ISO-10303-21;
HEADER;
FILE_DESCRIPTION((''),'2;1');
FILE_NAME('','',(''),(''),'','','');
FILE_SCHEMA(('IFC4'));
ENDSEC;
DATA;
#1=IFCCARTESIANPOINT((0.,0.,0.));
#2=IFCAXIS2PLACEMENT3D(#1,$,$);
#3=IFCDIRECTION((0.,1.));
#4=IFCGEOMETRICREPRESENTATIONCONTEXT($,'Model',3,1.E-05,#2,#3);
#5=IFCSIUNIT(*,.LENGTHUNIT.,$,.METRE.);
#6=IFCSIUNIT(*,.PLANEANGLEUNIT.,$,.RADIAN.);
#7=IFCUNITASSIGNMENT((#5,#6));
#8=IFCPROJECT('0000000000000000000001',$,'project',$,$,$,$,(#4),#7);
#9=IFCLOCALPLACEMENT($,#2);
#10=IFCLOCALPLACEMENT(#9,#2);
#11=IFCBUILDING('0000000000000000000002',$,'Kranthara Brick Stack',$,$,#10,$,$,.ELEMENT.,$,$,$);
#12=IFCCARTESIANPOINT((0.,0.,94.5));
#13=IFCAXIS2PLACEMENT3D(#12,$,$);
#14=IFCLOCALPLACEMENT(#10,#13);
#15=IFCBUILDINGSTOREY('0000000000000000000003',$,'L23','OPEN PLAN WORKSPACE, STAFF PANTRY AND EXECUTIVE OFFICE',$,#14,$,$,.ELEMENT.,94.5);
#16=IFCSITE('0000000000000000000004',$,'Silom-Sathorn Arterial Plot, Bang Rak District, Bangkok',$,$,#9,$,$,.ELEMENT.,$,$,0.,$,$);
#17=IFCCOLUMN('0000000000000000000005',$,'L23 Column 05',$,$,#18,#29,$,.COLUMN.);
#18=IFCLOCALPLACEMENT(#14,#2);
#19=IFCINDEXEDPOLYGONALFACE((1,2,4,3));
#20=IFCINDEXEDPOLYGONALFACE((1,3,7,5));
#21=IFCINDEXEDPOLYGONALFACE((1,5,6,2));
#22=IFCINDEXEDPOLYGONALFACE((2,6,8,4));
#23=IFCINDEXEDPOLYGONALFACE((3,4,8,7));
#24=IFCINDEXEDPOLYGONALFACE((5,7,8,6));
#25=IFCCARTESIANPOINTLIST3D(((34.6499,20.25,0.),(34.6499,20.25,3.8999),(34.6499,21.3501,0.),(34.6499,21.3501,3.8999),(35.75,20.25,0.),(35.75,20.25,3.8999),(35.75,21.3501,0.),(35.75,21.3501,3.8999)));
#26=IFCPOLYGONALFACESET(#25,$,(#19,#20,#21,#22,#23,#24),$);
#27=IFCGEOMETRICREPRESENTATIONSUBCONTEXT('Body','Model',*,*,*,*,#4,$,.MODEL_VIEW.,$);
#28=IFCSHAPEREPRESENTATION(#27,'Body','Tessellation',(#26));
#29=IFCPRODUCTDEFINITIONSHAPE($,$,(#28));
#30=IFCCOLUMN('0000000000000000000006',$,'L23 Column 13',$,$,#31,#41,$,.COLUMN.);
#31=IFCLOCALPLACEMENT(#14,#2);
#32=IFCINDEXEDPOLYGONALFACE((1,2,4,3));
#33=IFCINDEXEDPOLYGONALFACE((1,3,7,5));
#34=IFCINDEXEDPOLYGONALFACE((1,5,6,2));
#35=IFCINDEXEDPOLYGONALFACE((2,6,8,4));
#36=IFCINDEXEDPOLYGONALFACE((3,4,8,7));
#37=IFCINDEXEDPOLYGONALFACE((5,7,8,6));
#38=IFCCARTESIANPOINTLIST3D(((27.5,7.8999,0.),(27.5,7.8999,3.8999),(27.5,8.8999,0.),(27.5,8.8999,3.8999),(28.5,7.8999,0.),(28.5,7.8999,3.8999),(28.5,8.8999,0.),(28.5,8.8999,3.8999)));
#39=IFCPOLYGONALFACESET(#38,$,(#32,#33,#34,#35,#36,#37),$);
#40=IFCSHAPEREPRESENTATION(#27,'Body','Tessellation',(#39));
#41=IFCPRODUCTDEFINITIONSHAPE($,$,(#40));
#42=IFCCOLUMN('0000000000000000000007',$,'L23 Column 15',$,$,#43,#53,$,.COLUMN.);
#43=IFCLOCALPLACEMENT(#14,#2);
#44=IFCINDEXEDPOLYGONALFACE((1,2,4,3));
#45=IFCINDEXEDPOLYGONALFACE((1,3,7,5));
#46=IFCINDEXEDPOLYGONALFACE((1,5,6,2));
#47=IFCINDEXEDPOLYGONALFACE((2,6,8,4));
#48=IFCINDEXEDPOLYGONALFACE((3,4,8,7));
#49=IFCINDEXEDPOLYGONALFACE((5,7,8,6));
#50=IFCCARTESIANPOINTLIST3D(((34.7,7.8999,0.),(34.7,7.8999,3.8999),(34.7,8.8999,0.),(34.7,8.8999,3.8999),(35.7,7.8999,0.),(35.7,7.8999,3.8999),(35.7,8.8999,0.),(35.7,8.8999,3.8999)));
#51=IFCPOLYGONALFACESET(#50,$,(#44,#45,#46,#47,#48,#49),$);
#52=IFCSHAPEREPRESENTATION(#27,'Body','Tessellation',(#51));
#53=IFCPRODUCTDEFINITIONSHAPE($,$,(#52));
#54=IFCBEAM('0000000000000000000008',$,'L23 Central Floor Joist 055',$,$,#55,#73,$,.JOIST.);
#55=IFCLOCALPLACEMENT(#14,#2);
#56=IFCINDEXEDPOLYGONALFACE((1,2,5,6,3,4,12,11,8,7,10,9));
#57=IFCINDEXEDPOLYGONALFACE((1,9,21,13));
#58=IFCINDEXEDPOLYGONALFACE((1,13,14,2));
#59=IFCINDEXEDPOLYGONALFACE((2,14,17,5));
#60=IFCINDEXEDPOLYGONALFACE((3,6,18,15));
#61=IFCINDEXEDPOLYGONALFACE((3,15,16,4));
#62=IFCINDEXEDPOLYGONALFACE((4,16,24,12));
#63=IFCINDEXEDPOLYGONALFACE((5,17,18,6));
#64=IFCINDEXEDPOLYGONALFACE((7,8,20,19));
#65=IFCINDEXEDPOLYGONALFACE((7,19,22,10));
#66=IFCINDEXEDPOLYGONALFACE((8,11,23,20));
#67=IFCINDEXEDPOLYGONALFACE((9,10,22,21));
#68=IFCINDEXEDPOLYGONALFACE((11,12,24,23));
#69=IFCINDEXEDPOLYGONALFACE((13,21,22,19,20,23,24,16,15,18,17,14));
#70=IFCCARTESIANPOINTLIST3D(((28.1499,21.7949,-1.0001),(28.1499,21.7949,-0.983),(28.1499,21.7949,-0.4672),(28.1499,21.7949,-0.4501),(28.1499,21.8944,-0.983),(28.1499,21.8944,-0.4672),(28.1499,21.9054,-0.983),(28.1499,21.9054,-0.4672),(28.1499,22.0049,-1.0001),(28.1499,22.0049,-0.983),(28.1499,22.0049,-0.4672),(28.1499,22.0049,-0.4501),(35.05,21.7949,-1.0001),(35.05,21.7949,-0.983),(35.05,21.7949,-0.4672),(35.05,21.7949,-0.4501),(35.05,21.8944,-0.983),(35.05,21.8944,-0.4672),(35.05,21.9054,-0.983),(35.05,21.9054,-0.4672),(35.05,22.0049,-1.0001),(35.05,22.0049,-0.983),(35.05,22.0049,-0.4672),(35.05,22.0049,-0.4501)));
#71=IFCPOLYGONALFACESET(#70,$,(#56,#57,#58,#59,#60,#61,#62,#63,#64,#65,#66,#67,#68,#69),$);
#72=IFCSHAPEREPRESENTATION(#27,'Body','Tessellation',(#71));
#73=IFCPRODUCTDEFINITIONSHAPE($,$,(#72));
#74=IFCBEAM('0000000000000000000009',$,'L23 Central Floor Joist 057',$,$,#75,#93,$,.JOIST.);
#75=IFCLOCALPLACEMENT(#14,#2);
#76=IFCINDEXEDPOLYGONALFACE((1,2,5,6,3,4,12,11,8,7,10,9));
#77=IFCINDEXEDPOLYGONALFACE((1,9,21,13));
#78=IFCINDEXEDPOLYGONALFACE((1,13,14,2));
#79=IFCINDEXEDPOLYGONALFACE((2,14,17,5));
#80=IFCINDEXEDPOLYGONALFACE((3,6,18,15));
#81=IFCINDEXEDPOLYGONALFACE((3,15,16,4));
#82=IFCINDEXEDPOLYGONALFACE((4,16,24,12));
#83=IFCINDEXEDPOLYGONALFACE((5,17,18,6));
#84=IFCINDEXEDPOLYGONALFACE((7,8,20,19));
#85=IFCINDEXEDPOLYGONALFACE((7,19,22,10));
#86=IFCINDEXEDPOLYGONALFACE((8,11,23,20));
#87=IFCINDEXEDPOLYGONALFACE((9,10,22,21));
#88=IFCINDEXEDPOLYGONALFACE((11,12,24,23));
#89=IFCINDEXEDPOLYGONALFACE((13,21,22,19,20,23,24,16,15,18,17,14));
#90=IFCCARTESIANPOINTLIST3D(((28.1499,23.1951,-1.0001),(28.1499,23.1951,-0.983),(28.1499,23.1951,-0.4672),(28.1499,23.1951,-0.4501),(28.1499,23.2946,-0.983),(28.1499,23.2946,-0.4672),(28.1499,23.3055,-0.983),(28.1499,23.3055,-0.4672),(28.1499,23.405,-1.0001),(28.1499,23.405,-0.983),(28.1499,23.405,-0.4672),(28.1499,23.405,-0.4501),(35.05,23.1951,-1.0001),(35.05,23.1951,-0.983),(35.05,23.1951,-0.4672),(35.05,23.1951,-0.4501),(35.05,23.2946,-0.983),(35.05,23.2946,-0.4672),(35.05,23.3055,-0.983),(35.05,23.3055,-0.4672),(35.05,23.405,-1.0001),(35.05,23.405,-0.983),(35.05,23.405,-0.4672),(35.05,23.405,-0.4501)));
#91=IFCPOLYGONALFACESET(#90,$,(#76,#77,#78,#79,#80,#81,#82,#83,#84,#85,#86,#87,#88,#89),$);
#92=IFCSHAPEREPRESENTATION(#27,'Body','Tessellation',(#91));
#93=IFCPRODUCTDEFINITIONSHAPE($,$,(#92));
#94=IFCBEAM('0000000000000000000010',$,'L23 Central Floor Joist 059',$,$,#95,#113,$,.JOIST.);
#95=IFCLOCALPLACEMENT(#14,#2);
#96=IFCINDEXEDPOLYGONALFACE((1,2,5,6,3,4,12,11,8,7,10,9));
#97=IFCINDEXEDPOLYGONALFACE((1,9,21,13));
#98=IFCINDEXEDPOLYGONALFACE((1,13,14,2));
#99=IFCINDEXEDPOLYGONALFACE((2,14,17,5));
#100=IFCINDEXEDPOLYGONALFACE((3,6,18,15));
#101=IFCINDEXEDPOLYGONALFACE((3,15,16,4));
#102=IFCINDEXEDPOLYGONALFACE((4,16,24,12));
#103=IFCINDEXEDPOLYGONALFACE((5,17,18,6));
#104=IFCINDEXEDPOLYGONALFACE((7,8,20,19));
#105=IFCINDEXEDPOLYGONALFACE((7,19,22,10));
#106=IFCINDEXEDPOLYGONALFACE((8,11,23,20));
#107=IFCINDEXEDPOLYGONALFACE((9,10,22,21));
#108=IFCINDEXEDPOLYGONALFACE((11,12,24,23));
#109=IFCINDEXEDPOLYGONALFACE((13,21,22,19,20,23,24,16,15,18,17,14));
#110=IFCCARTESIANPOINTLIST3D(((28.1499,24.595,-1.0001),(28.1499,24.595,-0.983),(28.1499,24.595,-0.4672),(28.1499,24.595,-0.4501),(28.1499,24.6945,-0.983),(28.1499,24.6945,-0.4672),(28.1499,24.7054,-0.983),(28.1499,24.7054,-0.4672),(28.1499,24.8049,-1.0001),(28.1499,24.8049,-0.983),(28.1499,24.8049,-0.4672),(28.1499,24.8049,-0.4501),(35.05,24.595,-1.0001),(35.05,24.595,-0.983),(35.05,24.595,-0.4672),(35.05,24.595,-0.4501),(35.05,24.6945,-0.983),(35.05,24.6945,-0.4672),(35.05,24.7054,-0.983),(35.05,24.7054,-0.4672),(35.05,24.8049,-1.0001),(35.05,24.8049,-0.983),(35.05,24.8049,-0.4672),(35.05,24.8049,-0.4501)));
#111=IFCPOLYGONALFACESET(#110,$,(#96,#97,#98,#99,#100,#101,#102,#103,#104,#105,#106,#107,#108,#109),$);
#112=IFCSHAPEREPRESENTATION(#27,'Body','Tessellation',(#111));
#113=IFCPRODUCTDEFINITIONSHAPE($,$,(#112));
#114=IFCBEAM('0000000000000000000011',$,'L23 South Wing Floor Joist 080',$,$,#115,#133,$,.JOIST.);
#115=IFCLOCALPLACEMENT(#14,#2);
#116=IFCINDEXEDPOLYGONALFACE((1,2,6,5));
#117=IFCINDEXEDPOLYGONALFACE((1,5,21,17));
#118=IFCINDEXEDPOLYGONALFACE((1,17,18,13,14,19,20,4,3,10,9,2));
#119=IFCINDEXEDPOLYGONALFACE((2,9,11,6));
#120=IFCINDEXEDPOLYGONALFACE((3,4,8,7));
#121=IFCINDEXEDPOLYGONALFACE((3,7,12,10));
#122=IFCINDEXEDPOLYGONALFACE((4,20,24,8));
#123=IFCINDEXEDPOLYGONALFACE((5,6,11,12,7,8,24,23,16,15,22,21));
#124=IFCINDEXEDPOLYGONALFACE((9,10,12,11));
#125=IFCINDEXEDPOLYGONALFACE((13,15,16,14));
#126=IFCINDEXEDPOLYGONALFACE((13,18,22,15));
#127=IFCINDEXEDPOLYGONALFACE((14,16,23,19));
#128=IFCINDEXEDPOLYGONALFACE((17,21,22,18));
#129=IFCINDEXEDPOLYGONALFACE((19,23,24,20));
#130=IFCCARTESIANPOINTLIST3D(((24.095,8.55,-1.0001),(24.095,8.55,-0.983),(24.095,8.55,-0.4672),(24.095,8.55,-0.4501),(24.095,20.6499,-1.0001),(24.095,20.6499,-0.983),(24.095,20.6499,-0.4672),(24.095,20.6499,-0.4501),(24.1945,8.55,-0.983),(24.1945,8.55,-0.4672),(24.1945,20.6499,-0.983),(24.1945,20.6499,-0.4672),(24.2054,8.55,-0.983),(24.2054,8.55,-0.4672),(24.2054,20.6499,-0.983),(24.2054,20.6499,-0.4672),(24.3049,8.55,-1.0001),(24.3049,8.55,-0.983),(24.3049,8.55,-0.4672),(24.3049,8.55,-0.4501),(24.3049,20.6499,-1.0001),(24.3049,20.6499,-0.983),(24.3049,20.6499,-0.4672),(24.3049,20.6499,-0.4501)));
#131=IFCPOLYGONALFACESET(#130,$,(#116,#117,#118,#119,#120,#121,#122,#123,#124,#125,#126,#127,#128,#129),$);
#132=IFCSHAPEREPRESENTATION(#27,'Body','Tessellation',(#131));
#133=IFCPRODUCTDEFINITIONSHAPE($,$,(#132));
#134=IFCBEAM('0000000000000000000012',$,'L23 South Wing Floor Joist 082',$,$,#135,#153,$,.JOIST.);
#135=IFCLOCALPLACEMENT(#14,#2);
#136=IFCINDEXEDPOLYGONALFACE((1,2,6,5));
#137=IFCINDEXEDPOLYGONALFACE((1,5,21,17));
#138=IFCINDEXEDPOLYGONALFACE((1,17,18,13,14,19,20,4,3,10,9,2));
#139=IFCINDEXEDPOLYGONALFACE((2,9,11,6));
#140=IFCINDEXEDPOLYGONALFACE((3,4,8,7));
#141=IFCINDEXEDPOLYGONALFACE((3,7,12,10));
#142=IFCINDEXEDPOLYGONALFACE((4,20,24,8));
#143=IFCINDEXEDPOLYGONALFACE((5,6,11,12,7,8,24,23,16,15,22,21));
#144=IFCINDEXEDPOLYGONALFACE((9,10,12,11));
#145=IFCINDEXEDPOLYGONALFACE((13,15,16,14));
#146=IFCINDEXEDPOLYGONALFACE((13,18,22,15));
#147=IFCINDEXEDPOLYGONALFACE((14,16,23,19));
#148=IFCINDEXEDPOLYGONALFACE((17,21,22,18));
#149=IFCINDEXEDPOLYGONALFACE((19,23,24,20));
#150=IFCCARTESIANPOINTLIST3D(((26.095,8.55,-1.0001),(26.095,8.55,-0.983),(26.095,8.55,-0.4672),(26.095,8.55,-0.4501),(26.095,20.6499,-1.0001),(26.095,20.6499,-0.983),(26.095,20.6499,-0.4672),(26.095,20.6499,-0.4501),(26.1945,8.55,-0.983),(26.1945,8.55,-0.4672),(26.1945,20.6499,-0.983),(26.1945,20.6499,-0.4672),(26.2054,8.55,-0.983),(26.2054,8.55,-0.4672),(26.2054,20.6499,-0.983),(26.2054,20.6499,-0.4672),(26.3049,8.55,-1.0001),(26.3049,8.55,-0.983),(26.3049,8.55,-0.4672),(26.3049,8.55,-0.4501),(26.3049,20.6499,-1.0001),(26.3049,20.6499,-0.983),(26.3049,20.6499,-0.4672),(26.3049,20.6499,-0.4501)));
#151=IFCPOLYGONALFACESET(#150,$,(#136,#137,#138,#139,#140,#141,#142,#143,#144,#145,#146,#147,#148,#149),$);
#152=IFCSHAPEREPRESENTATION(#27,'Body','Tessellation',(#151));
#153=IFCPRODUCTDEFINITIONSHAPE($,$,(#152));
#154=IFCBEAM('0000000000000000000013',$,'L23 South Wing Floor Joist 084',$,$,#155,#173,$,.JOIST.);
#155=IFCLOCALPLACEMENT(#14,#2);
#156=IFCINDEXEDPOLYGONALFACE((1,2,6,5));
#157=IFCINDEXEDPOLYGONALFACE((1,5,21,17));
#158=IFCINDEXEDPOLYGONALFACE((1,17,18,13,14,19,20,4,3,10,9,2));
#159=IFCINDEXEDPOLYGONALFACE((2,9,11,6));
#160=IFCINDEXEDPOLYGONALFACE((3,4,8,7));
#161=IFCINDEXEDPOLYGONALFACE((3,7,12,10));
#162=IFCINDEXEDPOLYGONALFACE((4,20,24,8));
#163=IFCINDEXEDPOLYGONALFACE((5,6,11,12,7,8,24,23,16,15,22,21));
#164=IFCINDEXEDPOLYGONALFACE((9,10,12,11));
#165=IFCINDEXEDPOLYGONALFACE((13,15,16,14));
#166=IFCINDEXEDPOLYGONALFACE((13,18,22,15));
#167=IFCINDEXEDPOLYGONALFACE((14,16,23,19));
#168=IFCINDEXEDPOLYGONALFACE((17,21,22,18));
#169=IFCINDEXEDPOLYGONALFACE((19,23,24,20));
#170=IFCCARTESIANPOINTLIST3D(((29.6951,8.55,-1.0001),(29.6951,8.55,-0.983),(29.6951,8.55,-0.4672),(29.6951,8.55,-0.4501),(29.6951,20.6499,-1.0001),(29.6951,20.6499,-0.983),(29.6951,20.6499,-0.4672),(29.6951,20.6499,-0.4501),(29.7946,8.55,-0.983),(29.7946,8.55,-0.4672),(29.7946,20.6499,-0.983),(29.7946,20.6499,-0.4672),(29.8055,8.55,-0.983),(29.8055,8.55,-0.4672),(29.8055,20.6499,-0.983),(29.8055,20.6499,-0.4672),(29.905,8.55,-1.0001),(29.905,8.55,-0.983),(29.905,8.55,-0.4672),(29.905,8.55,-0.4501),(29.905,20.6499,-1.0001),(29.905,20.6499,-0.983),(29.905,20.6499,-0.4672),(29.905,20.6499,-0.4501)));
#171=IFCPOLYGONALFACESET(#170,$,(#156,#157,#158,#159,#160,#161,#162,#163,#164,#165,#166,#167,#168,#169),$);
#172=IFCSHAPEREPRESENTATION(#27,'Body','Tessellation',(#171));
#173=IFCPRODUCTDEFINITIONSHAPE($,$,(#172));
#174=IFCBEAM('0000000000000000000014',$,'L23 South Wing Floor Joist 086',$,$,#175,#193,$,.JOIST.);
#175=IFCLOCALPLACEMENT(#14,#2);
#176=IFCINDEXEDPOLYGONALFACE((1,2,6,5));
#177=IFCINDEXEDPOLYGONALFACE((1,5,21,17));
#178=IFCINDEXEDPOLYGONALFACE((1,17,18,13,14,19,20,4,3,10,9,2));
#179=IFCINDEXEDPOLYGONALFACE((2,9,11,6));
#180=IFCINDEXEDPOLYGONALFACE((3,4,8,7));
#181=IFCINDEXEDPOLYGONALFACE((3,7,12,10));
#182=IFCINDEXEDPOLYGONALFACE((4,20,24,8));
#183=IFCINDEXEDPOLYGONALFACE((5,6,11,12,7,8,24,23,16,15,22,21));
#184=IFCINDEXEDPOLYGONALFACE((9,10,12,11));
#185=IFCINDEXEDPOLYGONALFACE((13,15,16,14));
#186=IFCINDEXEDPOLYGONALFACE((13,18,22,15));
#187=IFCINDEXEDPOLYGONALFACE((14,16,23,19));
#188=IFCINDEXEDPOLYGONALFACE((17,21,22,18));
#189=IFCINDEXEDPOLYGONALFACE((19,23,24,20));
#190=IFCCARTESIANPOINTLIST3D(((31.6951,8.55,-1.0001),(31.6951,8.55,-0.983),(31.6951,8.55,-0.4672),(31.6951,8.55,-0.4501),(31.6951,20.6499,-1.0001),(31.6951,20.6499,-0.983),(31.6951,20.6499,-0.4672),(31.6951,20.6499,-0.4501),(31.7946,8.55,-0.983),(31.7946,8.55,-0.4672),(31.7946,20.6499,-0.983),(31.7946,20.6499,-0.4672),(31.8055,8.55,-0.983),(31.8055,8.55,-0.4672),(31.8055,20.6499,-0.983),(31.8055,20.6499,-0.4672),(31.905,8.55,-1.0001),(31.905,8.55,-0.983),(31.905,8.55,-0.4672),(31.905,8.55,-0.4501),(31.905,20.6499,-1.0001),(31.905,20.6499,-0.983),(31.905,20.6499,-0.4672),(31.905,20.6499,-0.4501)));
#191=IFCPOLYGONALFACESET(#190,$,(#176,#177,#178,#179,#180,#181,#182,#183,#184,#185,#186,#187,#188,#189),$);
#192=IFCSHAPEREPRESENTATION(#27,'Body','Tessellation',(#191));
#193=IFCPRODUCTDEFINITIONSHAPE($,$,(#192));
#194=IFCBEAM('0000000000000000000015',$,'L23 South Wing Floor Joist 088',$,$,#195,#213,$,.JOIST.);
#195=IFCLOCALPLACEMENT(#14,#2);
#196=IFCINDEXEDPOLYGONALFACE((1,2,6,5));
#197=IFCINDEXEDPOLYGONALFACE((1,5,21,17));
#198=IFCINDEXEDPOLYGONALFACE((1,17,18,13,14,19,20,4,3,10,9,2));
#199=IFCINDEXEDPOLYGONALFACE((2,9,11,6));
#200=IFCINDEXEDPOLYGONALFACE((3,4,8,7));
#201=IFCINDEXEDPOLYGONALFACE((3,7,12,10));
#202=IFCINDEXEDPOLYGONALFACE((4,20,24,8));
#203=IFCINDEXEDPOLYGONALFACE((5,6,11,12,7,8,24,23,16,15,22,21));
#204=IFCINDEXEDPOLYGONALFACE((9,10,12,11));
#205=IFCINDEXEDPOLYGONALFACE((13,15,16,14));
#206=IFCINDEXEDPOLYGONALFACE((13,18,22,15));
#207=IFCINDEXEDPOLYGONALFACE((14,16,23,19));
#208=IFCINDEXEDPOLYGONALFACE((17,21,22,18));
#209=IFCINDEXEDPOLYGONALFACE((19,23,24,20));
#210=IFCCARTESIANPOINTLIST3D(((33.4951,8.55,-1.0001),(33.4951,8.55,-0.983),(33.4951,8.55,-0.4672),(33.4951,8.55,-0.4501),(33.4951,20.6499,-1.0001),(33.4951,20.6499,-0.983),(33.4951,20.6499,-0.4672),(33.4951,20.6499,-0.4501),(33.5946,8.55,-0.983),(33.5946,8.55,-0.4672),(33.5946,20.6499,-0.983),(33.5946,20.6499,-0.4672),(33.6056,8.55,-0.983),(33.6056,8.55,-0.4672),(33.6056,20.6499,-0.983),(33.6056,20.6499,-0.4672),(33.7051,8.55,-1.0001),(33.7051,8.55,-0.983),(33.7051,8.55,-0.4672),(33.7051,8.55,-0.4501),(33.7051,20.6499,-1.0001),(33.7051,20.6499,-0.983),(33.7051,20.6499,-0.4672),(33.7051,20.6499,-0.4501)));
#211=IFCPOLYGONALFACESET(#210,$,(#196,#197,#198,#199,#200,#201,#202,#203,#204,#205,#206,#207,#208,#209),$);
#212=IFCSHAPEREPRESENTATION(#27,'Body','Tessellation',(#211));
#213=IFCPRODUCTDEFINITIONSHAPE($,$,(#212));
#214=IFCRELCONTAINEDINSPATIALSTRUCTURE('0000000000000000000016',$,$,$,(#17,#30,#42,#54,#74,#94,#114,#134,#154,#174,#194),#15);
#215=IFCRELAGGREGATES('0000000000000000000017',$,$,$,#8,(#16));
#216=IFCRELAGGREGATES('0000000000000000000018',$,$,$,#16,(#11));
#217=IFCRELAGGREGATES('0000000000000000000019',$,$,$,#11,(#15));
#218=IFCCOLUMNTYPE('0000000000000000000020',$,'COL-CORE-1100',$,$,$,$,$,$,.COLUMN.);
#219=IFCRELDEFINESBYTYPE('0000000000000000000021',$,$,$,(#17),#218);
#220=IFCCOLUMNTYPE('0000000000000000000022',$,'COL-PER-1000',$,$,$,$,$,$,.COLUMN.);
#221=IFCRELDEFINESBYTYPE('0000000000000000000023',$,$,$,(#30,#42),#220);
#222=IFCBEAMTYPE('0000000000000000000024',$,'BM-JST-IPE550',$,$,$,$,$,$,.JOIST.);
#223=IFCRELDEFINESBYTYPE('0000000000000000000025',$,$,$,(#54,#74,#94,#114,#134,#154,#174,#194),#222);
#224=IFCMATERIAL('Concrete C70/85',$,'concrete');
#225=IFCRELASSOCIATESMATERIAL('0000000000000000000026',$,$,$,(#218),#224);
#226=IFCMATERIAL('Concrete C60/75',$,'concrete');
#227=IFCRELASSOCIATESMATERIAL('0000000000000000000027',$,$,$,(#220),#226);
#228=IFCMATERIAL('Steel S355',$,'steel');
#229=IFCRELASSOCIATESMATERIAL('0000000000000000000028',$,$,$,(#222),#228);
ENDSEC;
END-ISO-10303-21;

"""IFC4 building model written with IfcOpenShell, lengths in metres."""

from ifc_helpers import new_model, si_unit, direction, frame, origin, origin_2d, place, context, subcontext, project, spatial, rectangle, i_section, extrude, material, material_profile, profile_set, type_object, element, save


model = new_model("IFC4")

# Units and contexts
model_context = context("Model", 3, precision=1e-05, world=origin(), true_north=direction((0.0, 1.0)))
body_context = subcontext(model_context, "Body", "Model", "MODEL_VIEW")
ifc_project = project(units=[si_unit("LENGTHUNIT", "METRE"), si_unit("PLANEANGLEUNIT", "RADIAN")], contexts=[model_context])

# Site, building, storey
site_placement = place(None, origin())
site = spatial("IfcSite", under=ifc_project, at=site_placement, Name="Silom-Sathorn Arterial Plot, Bang Rak District, Bangkok", CompositionType="ELEMENT", RefElevation=0.0)
building_placement = place(site_placement, origin())
building = spatial("IfcBuilding", under=site, at=building_placement, Name="Kranthara Brick Stack", CompositionType="ELEMENT")
storey_placement = place(building_placement, frame((0.0, 0.0, 94.5)))
storey = spatial("IfcBuildingStorey", under=building, at=storey_placement, Name="L23", Description="OPEN PLAN WORKSPACE, STAFF PANTRY AND EXECUTIVE OFFICE", CompositionType="ELEMENT", Elevation=94.5)

# Columns
ifc_material_1 = material(Name="Concrete C70/85", Category="concrete")
ifc_material_profile_1 = material_profile(ifc_material_1, rectangle(XDim=1.1001, YDim=1.1001, at=origin_2d()), Name="RC 1100x1100")
ifc_profile_set_1 = profile_set([ifc_material_profile_1], Name="Concrete C70/85")
column_type_1 = type_object("IfcColumnType", Name="COL-CORE-1100", PredefinedType="COLUMN", material=ifc_profile_set_1)
column_placement = place(storey_placement, frame((35.2, 20.8, 0.0), z_axis=(0.0, 0.0, 1.0), x_axis=(1.0, 0.0, 0.0)))
element("IfcColumn", 1, at=column_placement, inside=storey, type_object=column_type_1, Name="L23 Column 05", PredefinedType="COLUMN", context=body_context, shape_type="SweptSolid", body=[
    extrude(rectangle(XDim=1.1001, YDim=1.1001, at=origin_2d()), origin(), (0.0, 0.0, 1.0), 3.8999),
])
ifc_material_2 = material(Name="Concrete C60/75", Category="concrete")
ifc_material_profile_2 = material_profile(ifc_material_2, rectangle(XDim=1.0, YDim=1.0, at=origin_2d()), Name="RC 1000x1000")
ifc_profile_set_2 = profile_set([ifc_material_profile_2], Name="Concrete C60/75")
column_type_2 = type_object("IfcColumnType", Name="COL-PER-1000", PredefinedType="COLUMN", material=ifc_profile_set_2)
for number, where, z_axis, x_axis, name in (
    (2, (28.0, 8.3999, 0.0), (0.0, 0.0, 1.0), (1.0, 0.0, 0.0), "L23 Column 13"),
    (3, (35.2, 8.3999, 0.0), (0.0, 0.0, 1.0), (1.0, 0.0, 0.0), "L23 Column 15"),
):
    element("IfcColumn", number, at=place(storey_placement, frame(where, z_axis=z_axis, x_axis=x_axis)), inside=storey, type_object=column_type_2, Name=name, PredefinedType="COLUMN", context=body_context, shape_type="SweptSolid", body=[
        extrude(rectangle(XDim=1.0, YDim=1.0, at=origin_2d()), origin(), (0.0, 0.0, 1.0), 3.8999),
    ])

# Beams
ifc_material_3 = material(Name="Steel S355", Category="steel")
ifc_material_profile_3 = material_profile(ifc_material_3, i_section(OverallWidth=0.21, OverallDepth=0.55, WebThickness=0.011, FlangeThickness=0.0171, at=origin_2d()), Name="IPE 550")
ifc_profile_set_3 = profile_set([ifc_material_profile_3], Name="Steel S355")
beam_type_1 = type_object("IfcBeamType", Name="BM-JST-IPE550", PredefinedType="JOIST", material=ifc_profile_set_3)
for number, where, z_axis, x_axis, name in (
    (4, (28.1499, 21.8999, -0.7251), (1.0, 0.0, 0.0), (0.0, 1.0, 0.0), "L23 Central Floor Joist 055"),
    (5, (28.1499, 23.3, -0.7251), (1.0, 0.0, 0.0), (0.0, 1.0, 0.0), "L23 Central Floor Joist 057"),
    (6, (28.1499, 24.7, -0.7251), (1.0, 0.0, 0.0), (0.0, 1.0, 0.0), "L23 Central Floor Joist 059"),
):
    element("IfcBeam", number, at=place(storey_placement, frame(where, z_axis=z_axis, x_axis=x_axis)), inside=storey, type_object=beam_type_1, Name=name, PredefinedType="JOIST", context=body_context, shape_type="SweptSolid", body=[
        extrude(i_section(OverallWidth=0.21, OverallDepth=0.55, WebThickness=0.011, FlangeThickness=0.0171, at=origin_2d()), origin(), (0.0, 0.0, 1.0), 6.9001),
    ])
for number, where, z_axis, x_axis, name in (
    (7, (24.2, 8.55, -0.7251), (0.0, 1.0, 0.0), (-1.0, 0.0, 0.0), "L23 South Wing Floor Joist 080"),
    (8, (26.2, 8.55, -0.7251), (0.0, 1.0, 0.0), (-1.0, 0.0, 0.0), "L23 South Wing Floor Joist 082"),
    (9, (29.8, 8.55, -0.7251), (0.0, 1.0, 0.0), (-1.0, 0.0, 0.0), "L23 South Wing Floor Joist 084"),
    (10, (31.8, 8.55, -0.7251), (0.0, 1.0, 0.0), (-1.0, 0.0, 0.0), "L23 South Wing Floor Joist 086"),
    (11, (33.6001, 8.55, -0.7251), (0.0, 1.0, 0.0), (-1.0, 0.0, 0.0), "L23 South Wing Floor Joist 088"),
):
    element("IfcBeam", number, at=place(storey_placement, frame(where, z_axis=z_axis, x_axis=x_axis)), inside=storey, type_object=beam_type_1, Name=name, PredefinedType="JOIST", context=body_context, shape_type="SweptSolid", body=[
        extrude(i_section(OverallWidth=0.21, OverallDepth=0.55, WebThickness=0.011, FlangeThickness=0.0171, at=origin_2d()), origin(), (0.0, 0.0, 1.0), 12.0999),
    ])

save(model, "model.ifc")
